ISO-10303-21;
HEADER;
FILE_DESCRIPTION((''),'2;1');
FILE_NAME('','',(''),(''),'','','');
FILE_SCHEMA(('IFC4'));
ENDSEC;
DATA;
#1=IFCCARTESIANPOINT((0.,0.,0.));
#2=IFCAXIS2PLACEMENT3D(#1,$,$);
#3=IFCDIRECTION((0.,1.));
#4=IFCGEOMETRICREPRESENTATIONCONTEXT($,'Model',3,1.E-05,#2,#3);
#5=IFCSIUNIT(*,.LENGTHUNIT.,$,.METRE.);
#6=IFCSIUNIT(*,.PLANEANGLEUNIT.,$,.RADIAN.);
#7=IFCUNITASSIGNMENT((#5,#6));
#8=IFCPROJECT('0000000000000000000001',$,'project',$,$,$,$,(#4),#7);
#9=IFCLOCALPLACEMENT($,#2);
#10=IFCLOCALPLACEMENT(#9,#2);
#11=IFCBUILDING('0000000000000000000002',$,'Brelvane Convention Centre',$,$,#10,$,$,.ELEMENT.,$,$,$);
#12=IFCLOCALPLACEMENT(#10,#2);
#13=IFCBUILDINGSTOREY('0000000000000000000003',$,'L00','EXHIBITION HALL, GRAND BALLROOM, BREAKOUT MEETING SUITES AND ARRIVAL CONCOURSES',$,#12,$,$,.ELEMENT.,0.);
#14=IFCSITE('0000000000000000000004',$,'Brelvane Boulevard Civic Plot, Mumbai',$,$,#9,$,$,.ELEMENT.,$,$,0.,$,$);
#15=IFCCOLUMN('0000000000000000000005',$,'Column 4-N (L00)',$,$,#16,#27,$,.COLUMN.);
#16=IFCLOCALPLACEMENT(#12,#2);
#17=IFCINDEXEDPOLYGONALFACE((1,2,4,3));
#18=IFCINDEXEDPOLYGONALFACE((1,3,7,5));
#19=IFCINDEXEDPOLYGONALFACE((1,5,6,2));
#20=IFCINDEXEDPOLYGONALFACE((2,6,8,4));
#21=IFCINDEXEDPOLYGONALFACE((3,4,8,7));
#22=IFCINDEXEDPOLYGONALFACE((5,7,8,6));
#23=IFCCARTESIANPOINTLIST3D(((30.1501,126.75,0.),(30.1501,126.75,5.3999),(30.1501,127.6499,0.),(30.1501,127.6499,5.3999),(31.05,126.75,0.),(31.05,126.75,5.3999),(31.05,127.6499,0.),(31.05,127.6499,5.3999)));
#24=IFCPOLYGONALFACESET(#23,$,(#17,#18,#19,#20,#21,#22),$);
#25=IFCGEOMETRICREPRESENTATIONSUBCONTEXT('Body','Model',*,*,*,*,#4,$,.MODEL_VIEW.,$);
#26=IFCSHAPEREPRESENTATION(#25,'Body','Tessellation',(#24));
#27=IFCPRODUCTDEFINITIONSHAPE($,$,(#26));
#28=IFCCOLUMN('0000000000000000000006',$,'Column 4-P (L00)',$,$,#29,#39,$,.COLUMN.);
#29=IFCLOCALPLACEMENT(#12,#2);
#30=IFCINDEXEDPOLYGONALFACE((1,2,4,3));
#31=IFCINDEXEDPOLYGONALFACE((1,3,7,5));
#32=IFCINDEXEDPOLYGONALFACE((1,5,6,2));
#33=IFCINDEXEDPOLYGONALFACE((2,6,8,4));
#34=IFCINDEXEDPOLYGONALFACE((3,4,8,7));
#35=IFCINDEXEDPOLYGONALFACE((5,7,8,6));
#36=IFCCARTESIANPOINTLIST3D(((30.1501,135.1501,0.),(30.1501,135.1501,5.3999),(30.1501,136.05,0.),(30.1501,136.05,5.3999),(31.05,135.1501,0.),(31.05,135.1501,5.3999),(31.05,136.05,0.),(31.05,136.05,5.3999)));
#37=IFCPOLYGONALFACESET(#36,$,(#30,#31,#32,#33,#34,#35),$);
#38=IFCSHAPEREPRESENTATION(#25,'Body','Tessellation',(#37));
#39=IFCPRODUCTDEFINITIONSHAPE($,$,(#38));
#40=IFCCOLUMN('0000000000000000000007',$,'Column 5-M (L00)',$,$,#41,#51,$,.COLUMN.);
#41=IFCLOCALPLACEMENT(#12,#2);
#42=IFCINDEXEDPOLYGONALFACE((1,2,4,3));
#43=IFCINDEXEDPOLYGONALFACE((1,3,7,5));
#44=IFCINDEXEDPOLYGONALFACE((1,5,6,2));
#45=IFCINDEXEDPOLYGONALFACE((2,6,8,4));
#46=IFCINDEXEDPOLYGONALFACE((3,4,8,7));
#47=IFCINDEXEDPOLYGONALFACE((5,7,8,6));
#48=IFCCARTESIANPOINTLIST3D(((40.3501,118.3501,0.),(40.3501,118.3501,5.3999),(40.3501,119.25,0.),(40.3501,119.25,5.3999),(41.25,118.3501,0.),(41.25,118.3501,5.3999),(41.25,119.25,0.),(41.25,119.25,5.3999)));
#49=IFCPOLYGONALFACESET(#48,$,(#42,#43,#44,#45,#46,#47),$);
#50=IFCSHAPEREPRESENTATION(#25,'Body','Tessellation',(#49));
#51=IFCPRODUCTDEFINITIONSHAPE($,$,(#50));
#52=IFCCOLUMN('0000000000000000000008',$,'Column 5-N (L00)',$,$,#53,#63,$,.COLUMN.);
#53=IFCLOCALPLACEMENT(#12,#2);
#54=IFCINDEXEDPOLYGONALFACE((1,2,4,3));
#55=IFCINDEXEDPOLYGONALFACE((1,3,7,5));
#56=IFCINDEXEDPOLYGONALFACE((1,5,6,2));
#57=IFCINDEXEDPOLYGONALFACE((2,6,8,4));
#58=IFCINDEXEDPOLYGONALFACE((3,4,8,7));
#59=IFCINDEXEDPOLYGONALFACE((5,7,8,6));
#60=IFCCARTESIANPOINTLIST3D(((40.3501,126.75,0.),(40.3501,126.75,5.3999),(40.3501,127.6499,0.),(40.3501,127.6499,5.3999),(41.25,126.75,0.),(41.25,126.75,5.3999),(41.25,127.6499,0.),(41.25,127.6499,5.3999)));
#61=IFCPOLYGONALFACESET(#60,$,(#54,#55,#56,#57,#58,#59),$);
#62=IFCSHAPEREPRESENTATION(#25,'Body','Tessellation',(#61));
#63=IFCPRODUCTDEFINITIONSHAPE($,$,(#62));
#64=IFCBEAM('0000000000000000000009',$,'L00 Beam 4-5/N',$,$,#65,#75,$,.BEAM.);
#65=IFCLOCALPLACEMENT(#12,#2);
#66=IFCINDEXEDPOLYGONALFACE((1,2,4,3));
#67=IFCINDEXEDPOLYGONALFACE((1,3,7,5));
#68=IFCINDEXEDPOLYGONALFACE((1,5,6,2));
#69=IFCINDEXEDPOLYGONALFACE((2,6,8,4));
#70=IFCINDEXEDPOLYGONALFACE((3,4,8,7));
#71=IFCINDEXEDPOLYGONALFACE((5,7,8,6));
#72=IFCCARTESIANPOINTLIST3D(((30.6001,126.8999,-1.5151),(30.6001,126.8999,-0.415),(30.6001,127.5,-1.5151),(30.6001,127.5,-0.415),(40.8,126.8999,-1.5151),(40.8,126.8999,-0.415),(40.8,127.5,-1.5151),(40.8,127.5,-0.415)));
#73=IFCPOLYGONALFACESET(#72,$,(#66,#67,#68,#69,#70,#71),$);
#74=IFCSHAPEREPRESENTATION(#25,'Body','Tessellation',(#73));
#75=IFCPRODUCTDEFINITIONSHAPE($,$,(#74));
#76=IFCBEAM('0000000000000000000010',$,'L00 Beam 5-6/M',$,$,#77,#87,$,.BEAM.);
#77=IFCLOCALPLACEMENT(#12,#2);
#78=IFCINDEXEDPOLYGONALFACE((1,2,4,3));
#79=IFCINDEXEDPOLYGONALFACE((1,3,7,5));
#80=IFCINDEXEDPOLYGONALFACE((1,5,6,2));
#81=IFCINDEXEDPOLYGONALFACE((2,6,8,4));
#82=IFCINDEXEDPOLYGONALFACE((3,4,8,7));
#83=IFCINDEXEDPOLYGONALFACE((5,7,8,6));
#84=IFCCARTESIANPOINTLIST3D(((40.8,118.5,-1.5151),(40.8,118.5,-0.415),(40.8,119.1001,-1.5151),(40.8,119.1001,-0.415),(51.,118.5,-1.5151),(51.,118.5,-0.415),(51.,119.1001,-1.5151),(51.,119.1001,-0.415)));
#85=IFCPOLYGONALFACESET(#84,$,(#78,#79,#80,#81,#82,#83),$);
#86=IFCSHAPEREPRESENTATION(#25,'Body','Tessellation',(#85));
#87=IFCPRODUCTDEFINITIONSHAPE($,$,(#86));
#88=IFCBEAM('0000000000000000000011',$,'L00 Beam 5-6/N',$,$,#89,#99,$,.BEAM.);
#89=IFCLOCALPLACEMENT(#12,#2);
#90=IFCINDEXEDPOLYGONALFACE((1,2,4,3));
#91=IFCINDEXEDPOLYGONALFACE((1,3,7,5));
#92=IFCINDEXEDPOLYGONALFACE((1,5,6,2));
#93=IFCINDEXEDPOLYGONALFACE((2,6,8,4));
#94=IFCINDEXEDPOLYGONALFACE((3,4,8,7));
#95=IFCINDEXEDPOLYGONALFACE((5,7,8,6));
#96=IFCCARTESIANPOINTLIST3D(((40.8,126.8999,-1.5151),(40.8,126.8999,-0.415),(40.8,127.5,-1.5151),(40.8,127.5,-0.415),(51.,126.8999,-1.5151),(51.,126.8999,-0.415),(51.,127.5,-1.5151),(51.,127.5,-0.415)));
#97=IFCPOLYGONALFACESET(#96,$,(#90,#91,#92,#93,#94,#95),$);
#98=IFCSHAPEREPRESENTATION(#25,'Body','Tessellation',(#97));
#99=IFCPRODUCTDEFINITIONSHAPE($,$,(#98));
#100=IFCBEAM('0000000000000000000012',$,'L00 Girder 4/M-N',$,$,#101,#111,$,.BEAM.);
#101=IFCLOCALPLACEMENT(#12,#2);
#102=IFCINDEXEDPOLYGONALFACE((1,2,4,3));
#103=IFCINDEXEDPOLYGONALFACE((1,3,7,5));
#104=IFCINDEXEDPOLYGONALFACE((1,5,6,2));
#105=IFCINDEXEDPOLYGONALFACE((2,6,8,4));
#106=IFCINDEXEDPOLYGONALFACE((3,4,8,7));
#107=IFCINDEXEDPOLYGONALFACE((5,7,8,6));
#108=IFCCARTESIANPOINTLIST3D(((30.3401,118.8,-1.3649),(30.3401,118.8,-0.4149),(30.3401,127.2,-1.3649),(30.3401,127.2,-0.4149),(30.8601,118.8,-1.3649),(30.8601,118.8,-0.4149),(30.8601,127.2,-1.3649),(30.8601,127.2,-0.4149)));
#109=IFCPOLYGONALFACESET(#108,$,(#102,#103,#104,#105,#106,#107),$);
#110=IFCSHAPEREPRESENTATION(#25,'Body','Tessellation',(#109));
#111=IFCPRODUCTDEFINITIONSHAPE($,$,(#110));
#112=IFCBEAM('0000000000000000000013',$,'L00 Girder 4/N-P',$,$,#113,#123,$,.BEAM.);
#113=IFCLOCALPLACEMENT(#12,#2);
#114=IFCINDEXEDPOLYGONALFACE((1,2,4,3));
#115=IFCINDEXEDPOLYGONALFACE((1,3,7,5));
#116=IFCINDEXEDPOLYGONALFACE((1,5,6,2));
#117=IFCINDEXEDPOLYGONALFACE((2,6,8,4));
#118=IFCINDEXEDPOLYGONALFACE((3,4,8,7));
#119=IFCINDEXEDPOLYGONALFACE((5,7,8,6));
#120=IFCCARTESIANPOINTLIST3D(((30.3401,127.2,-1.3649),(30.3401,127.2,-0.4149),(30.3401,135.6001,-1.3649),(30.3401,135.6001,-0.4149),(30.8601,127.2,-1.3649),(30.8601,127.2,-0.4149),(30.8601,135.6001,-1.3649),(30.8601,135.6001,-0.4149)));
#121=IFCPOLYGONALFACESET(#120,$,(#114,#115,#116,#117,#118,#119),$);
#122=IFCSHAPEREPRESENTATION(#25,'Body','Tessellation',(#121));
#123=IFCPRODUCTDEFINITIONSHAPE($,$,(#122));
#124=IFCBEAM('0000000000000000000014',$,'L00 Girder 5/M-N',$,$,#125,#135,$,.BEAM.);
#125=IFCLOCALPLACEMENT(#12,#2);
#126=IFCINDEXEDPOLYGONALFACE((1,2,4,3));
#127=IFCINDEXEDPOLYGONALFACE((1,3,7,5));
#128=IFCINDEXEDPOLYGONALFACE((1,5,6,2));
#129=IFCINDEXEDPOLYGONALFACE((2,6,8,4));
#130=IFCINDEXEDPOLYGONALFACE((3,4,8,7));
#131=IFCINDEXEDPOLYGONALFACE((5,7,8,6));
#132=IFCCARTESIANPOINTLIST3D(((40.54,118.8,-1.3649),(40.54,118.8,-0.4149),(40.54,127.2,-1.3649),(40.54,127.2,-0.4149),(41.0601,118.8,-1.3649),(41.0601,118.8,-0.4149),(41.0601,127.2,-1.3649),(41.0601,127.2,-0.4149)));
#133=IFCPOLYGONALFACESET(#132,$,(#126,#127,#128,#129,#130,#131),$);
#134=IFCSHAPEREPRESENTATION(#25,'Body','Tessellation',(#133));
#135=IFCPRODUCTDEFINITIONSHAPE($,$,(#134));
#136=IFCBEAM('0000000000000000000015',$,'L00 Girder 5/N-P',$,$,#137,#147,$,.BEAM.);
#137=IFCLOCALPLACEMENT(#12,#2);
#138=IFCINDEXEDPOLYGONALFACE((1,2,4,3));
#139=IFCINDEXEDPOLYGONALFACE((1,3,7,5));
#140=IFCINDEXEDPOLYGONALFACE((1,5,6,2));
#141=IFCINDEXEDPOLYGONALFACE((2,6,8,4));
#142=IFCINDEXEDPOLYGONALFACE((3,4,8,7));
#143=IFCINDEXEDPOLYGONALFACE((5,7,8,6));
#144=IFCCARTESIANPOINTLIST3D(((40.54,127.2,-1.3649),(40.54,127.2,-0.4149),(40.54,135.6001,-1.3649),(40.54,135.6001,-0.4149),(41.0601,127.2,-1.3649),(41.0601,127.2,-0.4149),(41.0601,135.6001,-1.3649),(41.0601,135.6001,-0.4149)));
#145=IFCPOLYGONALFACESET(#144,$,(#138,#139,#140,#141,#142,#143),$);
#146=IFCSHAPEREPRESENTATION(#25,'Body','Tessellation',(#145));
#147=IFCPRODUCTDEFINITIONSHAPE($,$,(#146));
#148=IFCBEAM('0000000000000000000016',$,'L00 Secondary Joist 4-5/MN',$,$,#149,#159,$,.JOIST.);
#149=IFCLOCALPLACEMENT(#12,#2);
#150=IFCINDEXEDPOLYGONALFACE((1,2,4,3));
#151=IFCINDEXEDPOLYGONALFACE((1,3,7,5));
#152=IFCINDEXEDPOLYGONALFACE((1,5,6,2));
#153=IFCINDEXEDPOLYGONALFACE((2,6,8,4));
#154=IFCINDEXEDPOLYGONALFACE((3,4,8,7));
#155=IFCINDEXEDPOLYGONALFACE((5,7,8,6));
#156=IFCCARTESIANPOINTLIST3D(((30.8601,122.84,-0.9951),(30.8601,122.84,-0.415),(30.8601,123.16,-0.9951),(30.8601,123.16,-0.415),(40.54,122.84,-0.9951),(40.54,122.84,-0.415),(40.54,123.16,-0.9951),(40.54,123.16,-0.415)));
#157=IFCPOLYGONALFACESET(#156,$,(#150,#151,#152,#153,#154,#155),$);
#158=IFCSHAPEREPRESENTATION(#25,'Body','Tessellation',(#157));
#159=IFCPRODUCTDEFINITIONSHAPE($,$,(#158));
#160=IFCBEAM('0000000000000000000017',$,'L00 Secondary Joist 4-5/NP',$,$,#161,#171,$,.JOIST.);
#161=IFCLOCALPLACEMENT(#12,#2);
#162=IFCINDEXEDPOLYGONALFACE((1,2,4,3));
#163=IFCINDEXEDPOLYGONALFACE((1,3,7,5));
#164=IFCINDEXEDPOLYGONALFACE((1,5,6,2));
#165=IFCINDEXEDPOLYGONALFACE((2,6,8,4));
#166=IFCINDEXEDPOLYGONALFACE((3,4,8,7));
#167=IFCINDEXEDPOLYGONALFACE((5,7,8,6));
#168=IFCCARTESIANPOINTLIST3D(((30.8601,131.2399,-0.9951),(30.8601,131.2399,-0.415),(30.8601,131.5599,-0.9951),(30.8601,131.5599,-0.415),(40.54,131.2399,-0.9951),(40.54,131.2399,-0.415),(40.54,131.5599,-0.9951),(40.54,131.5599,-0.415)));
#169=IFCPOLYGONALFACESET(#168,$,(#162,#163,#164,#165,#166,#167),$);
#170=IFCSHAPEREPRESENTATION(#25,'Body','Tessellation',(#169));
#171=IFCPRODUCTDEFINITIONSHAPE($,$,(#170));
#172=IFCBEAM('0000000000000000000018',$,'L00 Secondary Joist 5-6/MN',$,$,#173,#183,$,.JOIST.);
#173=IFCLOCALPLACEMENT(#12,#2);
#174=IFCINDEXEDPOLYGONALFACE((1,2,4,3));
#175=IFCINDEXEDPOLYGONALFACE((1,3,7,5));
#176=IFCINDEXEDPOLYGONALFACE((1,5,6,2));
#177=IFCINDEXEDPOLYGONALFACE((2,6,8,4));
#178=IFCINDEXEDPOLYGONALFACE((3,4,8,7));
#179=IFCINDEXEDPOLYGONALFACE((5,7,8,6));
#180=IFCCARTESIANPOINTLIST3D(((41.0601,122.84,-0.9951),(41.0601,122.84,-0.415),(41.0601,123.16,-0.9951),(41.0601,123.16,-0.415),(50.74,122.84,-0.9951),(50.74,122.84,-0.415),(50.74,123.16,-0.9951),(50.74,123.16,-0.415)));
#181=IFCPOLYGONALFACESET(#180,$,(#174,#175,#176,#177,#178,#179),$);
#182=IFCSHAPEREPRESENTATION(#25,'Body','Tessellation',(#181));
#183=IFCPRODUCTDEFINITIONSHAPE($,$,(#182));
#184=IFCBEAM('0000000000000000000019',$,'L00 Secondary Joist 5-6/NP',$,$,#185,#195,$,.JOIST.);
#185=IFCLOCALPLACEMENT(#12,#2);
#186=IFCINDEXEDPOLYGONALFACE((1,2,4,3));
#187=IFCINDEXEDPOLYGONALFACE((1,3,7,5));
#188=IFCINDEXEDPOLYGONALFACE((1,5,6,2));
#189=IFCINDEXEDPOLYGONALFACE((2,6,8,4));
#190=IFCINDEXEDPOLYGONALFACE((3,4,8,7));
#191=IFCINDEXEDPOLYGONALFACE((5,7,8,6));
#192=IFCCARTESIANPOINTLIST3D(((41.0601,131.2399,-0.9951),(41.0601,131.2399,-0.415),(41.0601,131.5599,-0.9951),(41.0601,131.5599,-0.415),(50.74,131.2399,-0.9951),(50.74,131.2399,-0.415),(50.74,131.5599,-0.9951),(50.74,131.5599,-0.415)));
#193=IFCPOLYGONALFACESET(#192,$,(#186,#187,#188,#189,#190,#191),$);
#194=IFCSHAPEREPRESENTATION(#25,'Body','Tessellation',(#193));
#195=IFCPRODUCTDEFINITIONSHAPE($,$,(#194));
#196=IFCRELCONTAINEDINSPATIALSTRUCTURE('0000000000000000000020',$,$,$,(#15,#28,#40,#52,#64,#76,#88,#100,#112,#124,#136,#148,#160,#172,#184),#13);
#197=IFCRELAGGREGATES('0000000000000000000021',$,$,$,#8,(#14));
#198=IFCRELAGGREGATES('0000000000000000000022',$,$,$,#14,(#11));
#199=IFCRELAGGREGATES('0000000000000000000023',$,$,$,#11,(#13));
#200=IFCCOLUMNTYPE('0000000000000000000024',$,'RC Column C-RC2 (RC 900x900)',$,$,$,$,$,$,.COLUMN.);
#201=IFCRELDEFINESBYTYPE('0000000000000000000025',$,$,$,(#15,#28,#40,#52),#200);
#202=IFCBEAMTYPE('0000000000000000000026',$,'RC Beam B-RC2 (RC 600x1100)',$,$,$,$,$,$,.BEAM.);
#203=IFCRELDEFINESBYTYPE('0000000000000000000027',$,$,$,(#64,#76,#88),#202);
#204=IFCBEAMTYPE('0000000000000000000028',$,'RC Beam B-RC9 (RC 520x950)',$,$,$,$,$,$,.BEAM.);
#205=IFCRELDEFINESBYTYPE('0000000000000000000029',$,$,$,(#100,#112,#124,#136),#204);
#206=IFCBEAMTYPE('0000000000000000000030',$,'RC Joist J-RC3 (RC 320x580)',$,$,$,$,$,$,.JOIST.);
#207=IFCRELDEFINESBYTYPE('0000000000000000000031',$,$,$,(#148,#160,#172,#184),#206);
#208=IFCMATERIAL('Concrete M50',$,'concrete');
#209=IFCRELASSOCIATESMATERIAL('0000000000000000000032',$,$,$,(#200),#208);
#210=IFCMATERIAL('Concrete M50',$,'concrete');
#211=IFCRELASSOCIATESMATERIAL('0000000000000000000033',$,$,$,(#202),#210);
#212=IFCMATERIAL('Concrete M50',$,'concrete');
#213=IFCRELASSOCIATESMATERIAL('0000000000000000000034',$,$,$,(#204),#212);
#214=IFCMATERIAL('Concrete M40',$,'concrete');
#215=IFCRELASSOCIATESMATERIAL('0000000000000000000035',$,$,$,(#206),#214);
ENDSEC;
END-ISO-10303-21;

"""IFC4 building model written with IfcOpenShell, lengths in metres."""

from ifc_helpers import new_model, si_unit, direction, frame, origin, origin_2d, place, context, subcontext, project, spatial, rectangle, extrude, material, material_profile, profile_set, type_object, element, save


model = new_model("IFC4")

# Units and contexts
model_context = context("Model", 3, precision=1e-05, world=origin(), true_north=direction((0.0, 1.0)))
body_context = subcontext(model_context, "Body", "Model", "MODEL_VIEW")
ifc_project = project(units=[si_unit("LENGTHUNIT", "METRE"), si_unit("PLANEANGLEUNIT", "RADIAN")], contexts=[model_context])

# Site, building, storey
site_placement = place(None, origin())
site = spatial("IfcSite", under=ifc_project, at=site_placement, Name="Brelvane Boulevard Civic Plot, Mumbai", CompositionType="ELEMENT", RefElevation=0.0)
building_placement = place(site_placement, origin())
building = spatial("IfcBuilding", under=site, at=building_placement, Name="Brelvane Convention Centre", CompositionType="ELEMENT")
storey_placement = place(building_placement, origin())
storey = spatial("IfcBuildingStorey", under=building, at=storey_placement, Name="L00", Description="EXHIBITION HALL, GRAND BALLROOM, BREAKOUT MEETING SUITES AND ARRIVAL CONCOURSES", CompositionType="ELEMENT", Elevation=0.0)

# Columns
ifc_material_1 = material(Name="Concrete M50", Category="concrete")
ifc_material_profile_1 = material_profile(ifc_material_1, rectangle(XDim=0.8999, YDim=0.8999, at=origin_2d()), Name="RC 900x900")
ifc_profile_set_1 = profile_set([ifc_material_profile_1], Name="Concrete M50")
column_type = type_object("IfcColumnType", Name="RC Column C-RC2 (RC 900x900)", PredefinedType="COLUMN", material=ifc_profile_set_1)
for number, where, z_axis, x_axis, name in (
    (1, (30.6001, 127.2, 0.0), (0.0, 0.0, 1.0), (1.0, 0.0, 0.0), "Column 4-N (L00)"),
    (2, (30.6001, 135.6001, 0.0), (0.0, 0.0, 1.0), (1.0, 0.0, 0.0), "Column 4-P (L00)"),
    (3, (40.8, 118.8, 0.0), (0.0, 0.0, 1.0), (1.0, 0.0, 0.0), "Column 5-M (L00)"),
    (4, (40.8, 127.2, 0.0), (0.0, 0.0, 1.0), (1.0, 0.0, 0.0), "Column 5-N (L00)"),
):
    element("IfcColumn", number, at=place(storey_placement, frame(where, z_axis=z_axis, x_axis=x_axis)), inside=storey, type_object=column_type, Name=name, PredefinedType="COLUMN", context=body_context, shape_type="SweptSolid", body=[
        extrude(rectangle(XDim=0.8999, YDim=0.8999, at=origin_2d()), origin(), (0.0, 0.0, 1.0), 5.3999),
    ])

# Beams
ifc_material_2 = material(Name="Concrete M50", Category="concrete")
ifc_material_profile_2 = material_profile(ifc_material_2, rectangle(XDim=0.6001, YDim=1.1001, at=origin_2d()), Name="RC 600x1100")
ifc_profile_set_2 = profile_set([ifc_material_profile_2], Name="Concrete M50")
beam_type_1 = type_object("IfcBeamType", Name="RC Beam B-RC2 (RC 600x1100)", PredefinedType="BEAM", material=ifc_profile_set_2)
for number, where, z_axis, x_axis, name in (
    (5, (30.6001, 127.2, -0.9651), (1.0, 0.0, 0.0), (0.0, 1.0, 0.0), "L00 Beam 4-5/N"),
    (6, (40.8, 118.8, -0.9651), (1.0, 0.0, 0.0), (0.0, 1.0, 0.0), "L00 Beam 5-6/M"),
    (7, (40.8, 127.2, -0.9651), (1.0, 0.0, 0.0), (0.0, 1.0, 0.0), "L00 Beam 5-6/N"),
):
    element("IfcBeam", number, at=place(storey_placement, frame(where, z_axis=z_axis, x_axis=x_axis)), inside=storey, type_object=beam_type_1, Name=name, PredefinedType="BEAM", context=body_context, shape_type="SweptSolid", body=[
        extrude(rectangle(XDim=0.6001, YDim=1.1001, at=origin_2d()), origin(), (0.0, 0.0, 1.0), 10.2),
    ])
ifc_material_3 = material(Name="Concrete M50", Category="concrete")
ifc_material_profile_3 = material_profile(ifc_material_3, rectangle(XDim=0.52, YDim=0.95, at=origin_2d()), Name="RC 520x950")
ifc_profile_set_3 = profile_set([ifc_material_profile_3], Name="Concrete M50")
beam_type_2 = type_object("IfcBeamType", Name="RC Beam B-RC9 (RC 520x950)", PredefinedType="BEAM", material=ifc_profile_set_3)
beam_1_placement = place(storey_placement, frame((30.6001, 118.8, -0.8899), z_axis=(0.0, 1.0, 0.0), x_axis=(-1.0, 0.0, 0.0)))
element("IfcBeam", 8, at=beam_1_placement, inside=storey, type_object=beam_type_2, Name="L00 Girder 4/M-N", PredefinedType="BEAM", context=body_context, shape_type="SweptSolid", body=[
    extrude(rectangle(XDim=0.52, YDim=0.95, at=origin_2d()), origin(), (0.0, 0.0, 1.0), 8.3999),
])
beam_2_placement = place(storey_placement, frame((30.6001, 127.2, -0.8899), z_axis=(0.0, 1.0, 0.0), x_axis=(-1.0, 0.0, 0.0)))
element("IfcBeam", 9, at=beam_2_placement, inside=storey, type_object=beam_type_2, Name="L00 Girder 4/N-P", PredefinedType="BEAM", context=body_context, shape_type="SweptSolid", body=[
    extrude(rectangle(XDim=0.52, YDim=0.95, at=origin_2d()), origin(), (0.0, 0.0, 1.0), 8.4001),
])
beam_3_placement = place(storey_placement, frame((40.8, 118.8, -0.8899), z_axis=(0.0, 1.0, 0.0), x_axis=(-1.0, 0.0, 0.0)))
element("IfcBeam", 10, at=beam_3_placement, inside=storey, type_object=beam_type_2, Name="L00 Girder 5/M-N", PredefinedType="BEAM", context=body_context, shape_type="SweptSolid", body=[
    extrude(rectangle(XDim=0.52, YDim=0.95, at=origin_2d()), origin(), (0.0, 0.0, 1.0), 8.3999),
])
beam_4_placement = place(storey_placement, frame((40.8, 127.2, -0.8899), z_axis=(0.0, 1.0, 0.0), x_axis=(-1.0, 0.0, 0.0)))
element("IfcBeam", 11, at=beam_4_placement, inside=storey, type_object=beam_type_2, Name="L00 Girder 5/N-P", PredefinedType="BEAM", context=body_context, shape_type="SweptSolid", body=[
    extrude(rectangle(XDim=0.52, YDim=0.95, at=origin_2d()), origin(), (0.0, 0.0, 1.0), 8.4001),
])
ifc_material_4 = material(Name="Concrete M40", Category="concrete")
ifc_material_profile_4 = material_profile(ifc_material_4, rectangle(XDim=0.3201, YDim=0.5801, at=origin_2d()), Name="RC 320x580")
ifc_profile_set_4 = profile_set([ifc_material_profile_4], Name="Concrete M40")
beam_type_3 = type_object("IfcBeamType", Name="RC Joist J-RC3 (RC 320x580)", PredefinedType="JOIST", material=ifc_profile_set_4)
for number, where, z_axis, x_axis, name in (
    (12, (30.8601, 123.0, -0.7051), (1.0, 0.0, 0.0), (0.0, 1.0, 0.0), "L00 Secondary Joist 4-5/MN"),
    (13, (30.8601, 131.3999, -0.7051), (1.0, 0.0, 0.0), (0.0, 1.0, 0.0), "L00 Secondary Joist 4-5/NP"),
    (14, (41.0601, 123.0, -0.7051), (1.0, 0.0, 0.0), (0.0, 1.0, 0.0), "L00 Secondary Joist 5-6/MN"),
    (15, (41.0601, 131.3999, -0.7051), (1.0, 0.0, 0.0), (0.0, 1.0, 0.0), "L00 Secondary Joist 5-6/NP"),
):
    element("IfcBeam", number, at=place(storey_placement, frame(where, z_axis=z_axis, x_axis=x_axis)), inside=storey, type_object=beam_type_3, Name=name, PredefinedType="JOIST", context=body_context, shape_type="SweptSolid", body=[
        extrude(rectangle(XDim=0.3201, YDim=0.5801, at=origin_2d()), origin(), (0.0, 0.0, 1.0), 9.6799),
    ])

save(model, "model.ifc")
